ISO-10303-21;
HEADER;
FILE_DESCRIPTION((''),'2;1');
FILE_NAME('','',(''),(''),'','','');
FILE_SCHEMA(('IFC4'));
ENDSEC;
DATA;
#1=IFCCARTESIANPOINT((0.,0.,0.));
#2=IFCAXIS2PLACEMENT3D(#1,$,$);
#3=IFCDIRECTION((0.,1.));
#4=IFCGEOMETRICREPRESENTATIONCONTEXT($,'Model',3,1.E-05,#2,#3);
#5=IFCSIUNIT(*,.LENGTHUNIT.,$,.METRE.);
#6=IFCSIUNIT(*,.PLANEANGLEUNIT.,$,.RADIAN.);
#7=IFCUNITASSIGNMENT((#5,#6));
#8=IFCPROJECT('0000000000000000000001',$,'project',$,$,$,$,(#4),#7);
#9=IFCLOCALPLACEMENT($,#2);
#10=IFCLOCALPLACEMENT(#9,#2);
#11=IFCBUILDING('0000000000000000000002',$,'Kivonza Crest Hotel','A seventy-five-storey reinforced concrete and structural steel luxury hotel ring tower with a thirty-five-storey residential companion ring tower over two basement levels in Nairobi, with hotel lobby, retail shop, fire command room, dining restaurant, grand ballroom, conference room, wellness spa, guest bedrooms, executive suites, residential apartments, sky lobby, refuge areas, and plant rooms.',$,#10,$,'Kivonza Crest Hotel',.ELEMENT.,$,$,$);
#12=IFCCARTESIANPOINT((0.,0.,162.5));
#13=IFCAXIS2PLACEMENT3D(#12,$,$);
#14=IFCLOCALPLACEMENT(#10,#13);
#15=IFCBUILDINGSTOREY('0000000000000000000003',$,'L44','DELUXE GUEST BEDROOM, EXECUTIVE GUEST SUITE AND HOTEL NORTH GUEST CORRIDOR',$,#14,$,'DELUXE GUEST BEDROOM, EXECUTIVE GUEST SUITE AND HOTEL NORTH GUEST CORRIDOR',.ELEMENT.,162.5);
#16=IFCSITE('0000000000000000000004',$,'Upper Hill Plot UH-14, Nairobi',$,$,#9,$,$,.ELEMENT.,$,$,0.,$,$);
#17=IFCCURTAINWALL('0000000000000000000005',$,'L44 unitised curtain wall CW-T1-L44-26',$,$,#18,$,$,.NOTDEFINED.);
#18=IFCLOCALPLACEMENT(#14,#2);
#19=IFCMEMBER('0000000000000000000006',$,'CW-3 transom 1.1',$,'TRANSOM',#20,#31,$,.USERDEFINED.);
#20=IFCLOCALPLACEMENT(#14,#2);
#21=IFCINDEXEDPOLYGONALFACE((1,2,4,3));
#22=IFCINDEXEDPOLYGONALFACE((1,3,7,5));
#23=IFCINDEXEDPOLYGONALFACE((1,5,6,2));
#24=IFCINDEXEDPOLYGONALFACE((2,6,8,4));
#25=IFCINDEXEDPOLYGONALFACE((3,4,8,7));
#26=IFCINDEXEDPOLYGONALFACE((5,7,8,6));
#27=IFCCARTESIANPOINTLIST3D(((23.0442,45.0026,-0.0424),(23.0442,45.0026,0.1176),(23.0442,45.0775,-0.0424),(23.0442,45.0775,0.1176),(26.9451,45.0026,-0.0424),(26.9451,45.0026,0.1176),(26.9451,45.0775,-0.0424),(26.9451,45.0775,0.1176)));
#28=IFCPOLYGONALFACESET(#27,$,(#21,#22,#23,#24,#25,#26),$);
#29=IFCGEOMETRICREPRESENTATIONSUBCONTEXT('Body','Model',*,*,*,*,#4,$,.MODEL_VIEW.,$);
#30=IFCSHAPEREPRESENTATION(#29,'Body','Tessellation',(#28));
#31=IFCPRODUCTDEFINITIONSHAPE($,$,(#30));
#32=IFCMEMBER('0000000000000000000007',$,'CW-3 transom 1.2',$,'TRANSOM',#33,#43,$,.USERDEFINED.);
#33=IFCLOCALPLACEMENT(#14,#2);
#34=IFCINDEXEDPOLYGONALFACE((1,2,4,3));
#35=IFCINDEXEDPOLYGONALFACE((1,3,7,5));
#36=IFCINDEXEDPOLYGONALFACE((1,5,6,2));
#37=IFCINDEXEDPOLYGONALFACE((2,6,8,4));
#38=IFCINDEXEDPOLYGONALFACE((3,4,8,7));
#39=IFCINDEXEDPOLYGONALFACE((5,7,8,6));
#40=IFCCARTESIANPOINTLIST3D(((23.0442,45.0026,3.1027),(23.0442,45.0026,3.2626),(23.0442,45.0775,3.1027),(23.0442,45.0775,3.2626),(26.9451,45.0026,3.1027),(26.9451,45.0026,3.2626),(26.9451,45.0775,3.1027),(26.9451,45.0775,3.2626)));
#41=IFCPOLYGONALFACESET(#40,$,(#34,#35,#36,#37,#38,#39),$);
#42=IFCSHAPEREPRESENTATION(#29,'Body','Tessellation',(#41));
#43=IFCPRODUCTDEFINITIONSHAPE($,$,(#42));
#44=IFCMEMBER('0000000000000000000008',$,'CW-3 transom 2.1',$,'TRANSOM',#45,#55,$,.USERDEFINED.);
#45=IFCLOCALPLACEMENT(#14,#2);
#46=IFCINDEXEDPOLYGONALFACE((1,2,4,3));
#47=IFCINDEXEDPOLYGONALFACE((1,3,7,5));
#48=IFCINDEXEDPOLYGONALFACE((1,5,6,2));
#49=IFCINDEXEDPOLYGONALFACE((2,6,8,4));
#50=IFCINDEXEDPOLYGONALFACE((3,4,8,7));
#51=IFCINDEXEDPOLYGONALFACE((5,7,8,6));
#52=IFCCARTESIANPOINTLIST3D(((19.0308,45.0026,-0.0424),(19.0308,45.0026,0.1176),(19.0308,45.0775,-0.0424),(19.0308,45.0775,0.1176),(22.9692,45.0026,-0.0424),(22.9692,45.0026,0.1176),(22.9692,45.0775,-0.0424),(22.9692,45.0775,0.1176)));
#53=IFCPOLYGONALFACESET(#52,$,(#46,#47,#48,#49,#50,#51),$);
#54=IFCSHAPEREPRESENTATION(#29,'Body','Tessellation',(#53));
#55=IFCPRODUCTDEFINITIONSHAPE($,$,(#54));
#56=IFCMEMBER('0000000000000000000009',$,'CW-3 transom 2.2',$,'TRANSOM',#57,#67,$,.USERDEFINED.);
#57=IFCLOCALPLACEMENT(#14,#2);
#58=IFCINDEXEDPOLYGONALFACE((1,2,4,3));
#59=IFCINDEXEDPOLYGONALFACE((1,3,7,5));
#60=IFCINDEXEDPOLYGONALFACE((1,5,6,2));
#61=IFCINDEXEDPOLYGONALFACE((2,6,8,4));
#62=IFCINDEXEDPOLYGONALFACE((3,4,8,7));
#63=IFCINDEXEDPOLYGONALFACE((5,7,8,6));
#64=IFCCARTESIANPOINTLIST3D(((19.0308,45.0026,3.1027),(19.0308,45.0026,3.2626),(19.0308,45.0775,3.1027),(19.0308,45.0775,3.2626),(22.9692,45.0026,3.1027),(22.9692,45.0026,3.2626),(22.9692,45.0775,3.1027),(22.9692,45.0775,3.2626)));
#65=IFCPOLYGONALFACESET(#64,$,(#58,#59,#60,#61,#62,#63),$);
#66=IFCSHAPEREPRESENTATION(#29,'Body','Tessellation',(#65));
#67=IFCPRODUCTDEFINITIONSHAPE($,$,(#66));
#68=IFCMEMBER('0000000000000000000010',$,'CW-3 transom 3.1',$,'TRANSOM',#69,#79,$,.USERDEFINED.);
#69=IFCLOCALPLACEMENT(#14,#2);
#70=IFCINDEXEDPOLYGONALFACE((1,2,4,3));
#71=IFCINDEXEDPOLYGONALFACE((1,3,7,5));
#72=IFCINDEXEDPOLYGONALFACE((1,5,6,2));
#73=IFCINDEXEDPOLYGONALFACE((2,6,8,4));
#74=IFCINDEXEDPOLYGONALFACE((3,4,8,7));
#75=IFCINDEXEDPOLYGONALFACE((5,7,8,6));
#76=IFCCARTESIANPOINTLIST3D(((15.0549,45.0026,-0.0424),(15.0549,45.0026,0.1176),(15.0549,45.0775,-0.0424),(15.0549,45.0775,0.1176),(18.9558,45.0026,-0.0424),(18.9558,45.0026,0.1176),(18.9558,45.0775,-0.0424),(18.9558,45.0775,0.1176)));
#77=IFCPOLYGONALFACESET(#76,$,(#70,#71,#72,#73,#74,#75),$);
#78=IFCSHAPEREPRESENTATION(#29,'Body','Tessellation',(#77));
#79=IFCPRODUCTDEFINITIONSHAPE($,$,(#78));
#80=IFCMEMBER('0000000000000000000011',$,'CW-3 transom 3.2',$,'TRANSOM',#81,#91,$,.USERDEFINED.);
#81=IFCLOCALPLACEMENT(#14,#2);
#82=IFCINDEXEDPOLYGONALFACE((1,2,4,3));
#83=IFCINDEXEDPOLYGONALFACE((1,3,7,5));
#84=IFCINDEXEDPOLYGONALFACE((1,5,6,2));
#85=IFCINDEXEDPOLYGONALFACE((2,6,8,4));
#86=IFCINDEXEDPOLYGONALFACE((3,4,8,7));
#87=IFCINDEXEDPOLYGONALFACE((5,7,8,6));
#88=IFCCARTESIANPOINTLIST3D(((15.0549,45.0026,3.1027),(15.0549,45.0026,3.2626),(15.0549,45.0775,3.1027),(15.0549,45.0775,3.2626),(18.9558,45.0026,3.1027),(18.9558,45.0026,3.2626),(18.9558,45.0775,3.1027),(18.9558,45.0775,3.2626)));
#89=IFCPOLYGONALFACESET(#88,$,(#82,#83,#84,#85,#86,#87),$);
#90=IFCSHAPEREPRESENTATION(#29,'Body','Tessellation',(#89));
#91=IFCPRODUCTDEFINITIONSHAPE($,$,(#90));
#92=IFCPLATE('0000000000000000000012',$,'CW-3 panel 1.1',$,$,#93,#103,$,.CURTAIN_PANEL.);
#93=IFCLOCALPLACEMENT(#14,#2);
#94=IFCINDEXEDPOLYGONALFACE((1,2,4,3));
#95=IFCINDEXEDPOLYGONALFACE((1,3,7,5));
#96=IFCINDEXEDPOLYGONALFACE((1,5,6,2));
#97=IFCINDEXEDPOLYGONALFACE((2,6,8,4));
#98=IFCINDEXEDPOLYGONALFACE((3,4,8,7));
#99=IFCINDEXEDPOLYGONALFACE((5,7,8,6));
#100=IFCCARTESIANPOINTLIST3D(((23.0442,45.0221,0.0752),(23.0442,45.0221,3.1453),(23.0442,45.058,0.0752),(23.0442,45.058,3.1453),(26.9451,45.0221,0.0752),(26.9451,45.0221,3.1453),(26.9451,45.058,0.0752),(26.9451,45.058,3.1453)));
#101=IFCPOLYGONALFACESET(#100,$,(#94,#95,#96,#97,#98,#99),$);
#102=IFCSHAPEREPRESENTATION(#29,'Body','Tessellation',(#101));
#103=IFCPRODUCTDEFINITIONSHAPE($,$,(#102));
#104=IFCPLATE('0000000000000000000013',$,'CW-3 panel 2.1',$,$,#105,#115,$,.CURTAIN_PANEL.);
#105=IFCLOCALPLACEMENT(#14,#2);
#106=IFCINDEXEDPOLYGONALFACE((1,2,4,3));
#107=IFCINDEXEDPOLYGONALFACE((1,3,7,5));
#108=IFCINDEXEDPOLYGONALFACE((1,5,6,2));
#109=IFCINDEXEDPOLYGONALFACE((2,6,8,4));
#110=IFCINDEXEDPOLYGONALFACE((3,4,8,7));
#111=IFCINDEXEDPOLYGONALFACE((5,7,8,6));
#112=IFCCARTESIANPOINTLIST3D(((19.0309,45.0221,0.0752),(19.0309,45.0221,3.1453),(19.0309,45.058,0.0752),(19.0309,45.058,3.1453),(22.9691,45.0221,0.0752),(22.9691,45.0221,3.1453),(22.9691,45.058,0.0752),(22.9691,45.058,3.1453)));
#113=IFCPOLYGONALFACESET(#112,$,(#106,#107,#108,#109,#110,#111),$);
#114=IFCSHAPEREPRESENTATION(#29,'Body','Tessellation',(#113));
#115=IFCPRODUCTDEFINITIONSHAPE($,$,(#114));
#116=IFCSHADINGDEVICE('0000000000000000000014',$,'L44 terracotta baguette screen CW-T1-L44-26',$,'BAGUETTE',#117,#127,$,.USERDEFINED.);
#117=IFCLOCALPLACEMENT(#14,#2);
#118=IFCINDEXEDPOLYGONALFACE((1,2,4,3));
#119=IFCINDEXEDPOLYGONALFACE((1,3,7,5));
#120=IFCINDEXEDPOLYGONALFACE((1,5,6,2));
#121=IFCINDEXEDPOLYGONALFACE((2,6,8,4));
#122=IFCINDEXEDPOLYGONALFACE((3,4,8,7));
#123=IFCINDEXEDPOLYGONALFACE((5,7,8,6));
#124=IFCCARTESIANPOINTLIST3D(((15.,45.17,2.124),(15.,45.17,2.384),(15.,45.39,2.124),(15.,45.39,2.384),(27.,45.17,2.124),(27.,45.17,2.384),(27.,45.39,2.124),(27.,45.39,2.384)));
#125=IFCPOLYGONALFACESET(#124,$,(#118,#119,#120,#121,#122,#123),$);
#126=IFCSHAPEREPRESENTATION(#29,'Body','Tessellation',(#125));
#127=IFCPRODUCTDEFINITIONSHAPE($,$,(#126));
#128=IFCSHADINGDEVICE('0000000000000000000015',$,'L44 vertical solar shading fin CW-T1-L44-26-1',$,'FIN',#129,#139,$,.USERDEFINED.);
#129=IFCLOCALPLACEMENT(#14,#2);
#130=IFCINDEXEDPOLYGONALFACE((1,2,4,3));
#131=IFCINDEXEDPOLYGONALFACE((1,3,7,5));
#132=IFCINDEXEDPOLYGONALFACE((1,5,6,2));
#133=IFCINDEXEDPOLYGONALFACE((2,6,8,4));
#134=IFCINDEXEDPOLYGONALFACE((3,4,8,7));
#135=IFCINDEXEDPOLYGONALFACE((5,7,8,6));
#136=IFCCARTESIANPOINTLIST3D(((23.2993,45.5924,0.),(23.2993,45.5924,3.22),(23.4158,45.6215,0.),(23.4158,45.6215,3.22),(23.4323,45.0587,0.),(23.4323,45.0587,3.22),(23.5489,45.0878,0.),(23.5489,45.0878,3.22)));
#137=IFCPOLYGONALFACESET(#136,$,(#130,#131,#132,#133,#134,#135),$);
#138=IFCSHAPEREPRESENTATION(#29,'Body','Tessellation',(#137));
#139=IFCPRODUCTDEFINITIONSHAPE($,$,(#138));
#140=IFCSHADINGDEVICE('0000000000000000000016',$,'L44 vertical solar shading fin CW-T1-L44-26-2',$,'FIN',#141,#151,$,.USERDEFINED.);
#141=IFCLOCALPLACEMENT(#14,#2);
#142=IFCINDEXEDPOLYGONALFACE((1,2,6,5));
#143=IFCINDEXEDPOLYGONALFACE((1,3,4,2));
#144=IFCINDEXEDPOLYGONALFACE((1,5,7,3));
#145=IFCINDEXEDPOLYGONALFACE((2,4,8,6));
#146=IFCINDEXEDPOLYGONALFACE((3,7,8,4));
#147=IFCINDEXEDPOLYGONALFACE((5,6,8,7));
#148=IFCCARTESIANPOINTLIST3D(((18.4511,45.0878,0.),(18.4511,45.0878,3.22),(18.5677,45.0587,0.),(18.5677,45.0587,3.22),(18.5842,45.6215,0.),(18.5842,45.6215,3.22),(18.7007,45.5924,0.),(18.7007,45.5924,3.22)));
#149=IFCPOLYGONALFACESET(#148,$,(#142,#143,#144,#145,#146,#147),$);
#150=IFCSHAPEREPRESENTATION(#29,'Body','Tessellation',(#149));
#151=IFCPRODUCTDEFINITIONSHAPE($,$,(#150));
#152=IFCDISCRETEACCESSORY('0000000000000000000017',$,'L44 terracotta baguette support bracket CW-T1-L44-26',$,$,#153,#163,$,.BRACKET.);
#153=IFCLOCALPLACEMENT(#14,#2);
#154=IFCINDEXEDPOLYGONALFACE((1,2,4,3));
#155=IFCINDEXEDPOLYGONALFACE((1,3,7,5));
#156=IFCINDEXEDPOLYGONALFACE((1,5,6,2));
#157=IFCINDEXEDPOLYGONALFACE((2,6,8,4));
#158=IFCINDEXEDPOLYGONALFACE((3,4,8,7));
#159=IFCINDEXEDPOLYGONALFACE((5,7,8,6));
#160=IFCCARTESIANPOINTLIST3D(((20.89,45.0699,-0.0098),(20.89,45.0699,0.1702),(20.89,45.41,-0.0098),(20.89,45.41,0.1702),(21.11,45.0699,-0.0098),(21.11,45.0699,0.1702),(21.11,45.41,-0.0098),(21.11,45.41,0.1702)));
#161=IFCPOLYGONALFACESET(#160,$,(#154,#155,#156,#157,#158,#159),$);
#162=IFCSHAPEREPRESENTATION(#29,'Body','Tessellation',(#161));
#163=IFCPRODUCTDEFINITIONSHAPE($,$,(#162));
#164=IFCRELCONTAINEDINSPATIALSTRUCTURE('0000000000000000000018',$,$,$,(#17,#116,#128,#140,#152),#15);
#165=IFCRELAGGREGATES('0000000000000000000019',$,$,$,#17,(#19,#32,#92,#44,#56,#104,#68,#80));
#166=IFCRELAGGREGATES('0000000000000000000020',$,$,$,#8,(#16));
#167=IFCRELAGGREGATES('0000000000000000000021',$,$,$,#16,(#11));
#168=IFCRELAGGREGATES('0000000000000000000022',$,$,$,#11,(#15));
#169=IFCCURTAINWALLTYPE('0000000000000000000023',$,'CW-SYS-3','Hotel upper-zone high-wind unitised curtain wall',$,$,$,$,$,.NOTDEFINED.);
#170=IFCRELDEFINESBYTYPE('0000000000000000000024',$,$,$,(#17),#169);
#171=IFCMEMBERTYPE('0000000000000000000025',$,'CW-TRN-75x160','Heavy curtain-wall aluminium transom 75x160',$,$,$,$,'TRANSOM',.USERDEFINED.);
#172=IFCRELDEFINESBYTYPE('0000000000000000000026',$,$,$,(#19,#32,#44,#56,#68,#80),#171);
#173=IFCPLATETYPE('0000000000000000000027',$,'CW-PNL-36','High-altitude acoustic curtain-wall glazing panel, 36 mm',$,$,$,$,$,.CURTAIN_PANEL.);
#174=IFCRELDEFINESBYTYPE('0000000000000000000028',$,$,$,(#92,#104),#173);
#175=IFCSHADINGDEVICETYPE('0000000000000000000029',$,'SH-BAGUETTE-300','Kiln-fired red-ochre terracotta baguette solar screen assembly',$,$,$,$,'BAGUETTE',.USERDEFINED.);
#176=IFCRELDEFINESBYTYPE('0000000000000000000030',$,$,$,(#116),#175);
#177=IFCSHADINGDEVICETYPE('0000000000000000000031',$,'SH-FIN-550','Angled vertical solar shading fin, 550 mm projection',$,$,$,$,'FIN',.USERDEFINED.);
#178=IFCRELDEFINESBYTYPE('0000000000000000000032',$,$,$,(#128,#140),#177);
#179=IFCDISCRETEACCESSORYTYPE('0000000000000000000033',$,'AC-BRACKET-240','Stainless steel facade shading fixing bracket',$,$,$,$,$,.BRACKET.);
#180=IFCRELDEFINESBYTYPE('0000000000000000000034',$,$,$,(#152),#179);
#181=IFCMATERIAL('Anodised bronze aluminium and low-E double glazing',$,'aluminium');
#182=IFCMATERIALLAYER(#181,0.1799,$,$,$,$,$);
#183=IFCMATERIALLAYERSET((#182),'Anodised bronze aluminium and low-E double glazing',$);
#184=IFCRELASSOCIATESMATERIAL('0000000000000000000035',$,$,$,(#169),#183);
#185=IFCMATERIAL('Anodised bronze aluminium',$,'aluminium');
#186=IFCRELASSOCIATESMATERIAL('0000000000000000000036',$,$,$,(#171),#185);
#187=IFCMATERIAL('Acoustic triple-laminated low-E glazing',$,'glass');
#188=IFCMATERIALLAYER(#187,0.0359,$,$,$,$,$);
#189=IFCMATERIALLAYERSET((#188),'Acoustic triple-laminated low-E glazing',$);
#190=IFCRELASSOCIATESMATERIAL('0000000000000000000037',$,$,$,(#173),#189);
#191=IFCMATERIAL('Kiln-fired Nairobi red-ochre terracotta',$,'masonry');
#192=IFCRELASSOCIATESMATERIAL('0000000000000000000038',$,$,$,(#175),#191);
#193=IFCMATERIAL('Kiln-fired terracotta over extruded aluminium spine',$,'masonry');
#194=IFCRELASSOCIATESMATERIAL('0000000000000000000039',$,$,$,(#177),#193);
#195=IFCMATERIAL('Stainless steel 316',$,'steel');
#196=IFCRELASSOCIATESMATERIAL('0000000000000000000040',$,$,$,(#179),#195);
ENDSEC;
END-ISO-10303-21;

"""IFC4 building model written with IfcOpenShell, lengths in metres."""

from ifc_helpers import new_model, si_unit, direction, frame, origin, origin_2d, place, context, subcontext, project, spatial, rectangle, extrude, material, layer, layer_set, material_profile, profile_set, type_object, element, aggregate, save


model = new_model("IFC4")

# Units and contexts
model_context = context("Model", 3, precision=1e-05, world=origin(), true_north=direction((0.0, 1.0)))
body_context = subcontext(model_context, "Body", "Model", "MODEL_VIEW")
ifc_project = project(units=[si_unit("LENGTHUNIT", "METRE"), si_unit("PLANEANGLEUNIT", "RADIAN")], contexts=[model_context])

# Site, building, storey
site_placement = place(None, origin())
site = spatial("IfcSite", under=ifc_project, at=site_placement, Name="Upper Hill Plot UH-14, Nairobi", CompositionType="ELEMENT", RefElevation=0.0)
building_placement = place(site_placement, origin())
building = spatial("IfcBuilding", under=site, at=building_placement, Name="Kivonza Crest Hotel", Description="A seventy-five-storey reinforced concrete and structural steel luxury hotel ring tower with a thirty-five-storey residential companion ring tower over two basement levels in Nairobi, with hotel lobby, retail shop, fire command room, dining restaurant, grand ballroom, conference room, wellness spa, guest bedrooms, executive suites, residential apartments, sky lobby, refuge areas, and plant rooms.", LongName="Kivonza Crest Hotel", CompositionType="ELEMENT")
storey_placement = place(building_placement, frame((0.0, 0.0, 162.5)))
storey = spatial("IfcBuildingStorey", under=building, at=storey_placement, Name="L44", Description="DELUXE GUEST BEDROOM, EXECUTIVE GUEST SUITE AND HOTEL NORTH GUEST CORRIDOR", LongName="DELUXE GUEST BEDROOM, EXECUTIVE GUEST SUITE AND HOTEL NORTH GUEST CORRIDOR", CompositionType="ELEMENT", Elevation=162.5)

# Curtain wall, members, plates
ifc_material_1 = material(Name="Anodised bronze aluminium and low-E double glazing", Category="aluminium")
ifc_layer_1 = layer(ifc_material_1, 0.1799)
ifc_layer_set_1 = layer_set([ifc_layer_1], Name="Anodised bronze aluminium and low-E double glazing")
curtain_wall_type = type_object("IfcCurtainWallType", Name="CW-SYS-3", Description="Hotel upper-zone high-wind unitised curtain wall", PredefinedType="NOTDEFINED", material=ifc_layer_set_1)
curtain_wall_placement = place(storey_placement, origin())
curtain_wall = element("IfcCurtainWall", 1, at=curtain_wall_placement, inside=storey, type_object=curtain_wall_type, Name="L44 unitised curtain wall CW-T1-L44-26", PredefinedType="NOTDEFINED")
ifc_material_2 = material(Name="Anodised bronze aluminium", Category="aluminium")
ifc_material_profile_1 = material_profile(ifc_material_2, rectangle(XDim=0.075, YDim=0.1599, at=origin_2d()), Name="CW-T 75x160")
ifc_profile_set_1 = profile_set([ifc_material_profile_1], Name="Anodised bronze aluminium")
member_type_1 = type_object("IfcMemberType", Name="CW-TRN-75x160", Description="Heavy curtain-wall aluminium transom 75x160", ElementType="TRANSOM", PredefinedType="USERDEFINED", material=ifc_profile_set_1)
member_1_placement = place(storey_placement, frame((26.9451, 45.04, 0.0376), z_axis=(-1.0, 0.0, 0.0), x_axis=(0.0, -1.0, 0.0)))
member_1 = element("IfcMember", 2, at=member_1_placement, type_object=member_type_1, Name="CW-3 transom 1.1", ObjectType="TRANSOM", PredefinedType="USERDEFINED", context=body_context, shape_type="SweptSolid", body=[
    extrude(rectangle(XDim=0.075, YDim=0.1599, at=origin_2d()), origin(), (0.0, 0.0, 1.0), 3.9009),
])
member_2_placement = place(storey_placement, frame((26.9451, 45.04, 3.1826), z_axis=(-1.0, 0.0, 0.0), x_axis=(0.0, -1.0, 0.0)))
member_2 = element("IfcMember", 3, at=member_2_placement, type_object=member_type_1, Name="CW-3 transom 1.2", ObjectType="TRANSOM", PredefinedType="USERDEFINED", context=body_context, shape_type="SweptSolid", body=[
    extrude(rectangle(XDim=0.075, YDim=0.1599, at=origin_2d()), origin(), (0.0, 0.0, 1.0), 3.9009),
])
member_3_placement = place(storey_placement, frame((22.9692, 45.04, 0.0376), z_axis=(-1.0, 0.0, 0.0), x_axis=(0.0, -1.0, 0.0)))
member_3 = element("IfcMember", 4, at=member_3_placement, type_object=member_type_1, Name="CW-3 transom 2.1", ObjectType="TRANSOM", PredefinedType="USERDEFINED", context=body_context, shape_type="SweptSolid", body=[
    extrude(rectangle(XDim=0.075, YDim=0.1599, at=origin_2d()), origin(), (0.0, 0.0, 1.0), 3.9385),
])
member_4_placement = place(storey_placement, frame((22.9692, 45.04, 3.1826), z_axis=(-1.0, 0.0, 0.0), x_axis=(0.0, -1.0, 0.0)))
member_4 = element("IfcMember", 5, at=member_4_placement, type_object=member_type_1, Name="CW-3 transom 2.2", ObjectType="TRANSOM", PredefinedType="USERDEFINED", context=body_context, shape_type="SweptSolid", body=[
    extrude(rectangle(XDim=0.075, YDim=0.1599, at=origin_2d()), origin(), (0.0, 0.0, 1.0), 3.9385),
])
member_5_placement = place(storey_placement, frame((18.9558, 45.04, 0.0376), z_axis=(-1.0, 0.0, 0.0), x_axis=(0.0, -1.0, 0.0)))
member_5 = element("IfcMember", 6, at=member_5_placement, type_object=member_type_1, Name="CW-3 transom 3.1", ObjectType="TRANSOM", PredefinedType="USERDEFINED", context=body_context, shape_type="SweptSolid", body=[
    extrude(rectangle(XDim=0.075, YDim=0.1599, at=origin_2d()), origin(), (0.0, 0.0, 1.0), 3.9009),
])
member_6_placement = place(storey_placement, frame((18.9558, 45.04, 3.1826), z_axis=(-1.0, 0.0, 0.0), x_axis=(0.0, -1.0, 0.0)))
member_6 = element("IfcMember", 7, at=member_6_placement, type_object=member_type_1, Name="CW-3 transom 3.2", ObjectType="TRANSOM", PredefinedType="USERDEFINED", context=body_context, shape_type="SweptSolid", body=[
    extrude(rectangle(XDim=0.075, YDim=0.1599, at=origin_2d()), origin(), (0.0, 0.0, 1.0), 3.9009),
])
ifc_material_3 = material(Name="Acoustic triple-laminated low-E glazing", Category="glass")
ifc_layer_2 = layer(ifc_material_3, 0.0359)
ifc_layer_set_2 = layer_set([ifc_layer_2], Name="Acoustic triple-laminated low-E glazing")
plate_type = type_object("IfcPlateType", Name="CW-PNL-36", Description="High-altitude acoustic curtain-wall glazing panel, 36 mm", PredefinedType="CURTAIN_PANEL", material=ifc_layer_set_2)
plate_1_placement = place(storey_placement, frame((24.9946, 45.04, 0.0752), z_axis=(0.0, 0.0, 1.0), x_axis=(-1.0, 0.0, 0.0)))
plate_1 = element("IfcPlate", 8, at=plate_1_placement, type_object=plate_type, Name="CW-3 panel 1.1", PredefinedType="CURTAIN_PANEL", context=body_context, shape_type="SweptSolid", body=[
    extrude(rectangle(XDim=3.9009, YDim=0.0359, at=origin_2d()), origin(), (0.0, 0.0, 1.0), 3.0701),
])
plate_2_placement = place(storey_placement, frame((21.0, 45.04, 0.0752), z_axis=(0.0, 0.0, 1.0), x_axis=(-1.0, 0.0, 0.0)))
plate_2 = element("IfcPlate", 9, at=plate_2_placement, type_object=plate_type, Name="CW-3 panel 2.1", PredefinedType="CURTAIN_PANEL", context=body_context, shape_type="SweptSolid", body=[
    extrude(rectangle(XDim=3.9382, YDim=0.0359, at=origin_2d()), origin(), (0.0, 0.0, 1.0), 3.0701),
])
aggregate(curtain_wall, [member_1, member_2, plate_1, member_3, member_4, plate_2, member_5, member_6])

# Shading devices
ifc_material_4 = material(Name="Kiln-fired Nairobi red-ochre terracotta", Category="masonry")
shading_device_type_1 = type_object("IfcShadingDeviceType", Name="SH-BAGUETTE-300", Description="Kiln-fired red-ochre terracotta baguette solar screen assembly", ElementType="BAGUETTE", PredefinedType="USERDEFINED", material=ifc_material_4)
shading_device_placement = place(storey_placement, frame((21.0, 45.28, 2.124), z_axis=(0.0, 0.0, 1.0), x_axis=(-1.0, 0.0, 0.0)))
element("IfcShadingDevice", 10, at=shading_device_placement, inside=storey, type_object=shading_device_type_1, Name="L44 terracotta baguette screen CW-T1-L44-26", ObjectType="BAGUETTE", PredefinedType="USERDEFINED", context=body_context, shape_type="SweptSolid", body=[
    extrude(rectangle(XDim=12.0, YDim=0.22, at=origin_2d()), origin(), (0.0, 0.0, 1.0), 0.26),
])
ifc_material_5 = material(Name="Kiln-fired terracotta over extruded aluminium spine", Category="masonry")
shading_device_type_2 = type_object("IfcShadingDeviceType", Name="SH-FIN-550", Description="Angled vertical solar shading fin, 550 mm projection", ElementType="FIN", PredefinedType="USERDEFINED", material=ifc_material_5)
for number, where, z_axis, x_axis, name in (
    (11, (23.4241, 45.3401, 0.0), (0.0, 0.0, 1.0), (-0.970296, -0.241922, 0.0), "L44 vertical solar shading fin CW-T1-L44-26-1"),
    (12, (18.5759, 45.3401, 0.0), (0.0, 0.0, 1.0), (-0.970296, 0.241922, 0.0), "L44 vertical solar shading fin CW-T1-L44-26-2"),
):
    element("IfcShadingDevice", number, at=place(storey_placement, frame(where, z_axis=z_axis, x_axis=x_axis)), inside=storey, type_object=shading_device_type_2, Name=name, ObjectType="FIN", PredefinedType="USERDEFINED", context=body_context, shape_type="SweptSolid", body=[
        extrude(rectangle(XDim=0.1201, YDim=0.55, at=origin_2d()), origin(), (0.0, 0.0, 1.0), 3.22),
    ])

# Discrete accessory
ifc_material_6 = material(Name="Stainless steel 316", Category="steel")
discrete_accessory_type = type_object("IfcDiscreteAccessoryType", Name="AC-BRACKET-240", Description="Stainless steel facade shading fixing bracket", PredefinedType="BRACKET", material=ifc_material_6)
discrete_accessory_placement = place(storey_placement, frame((21.0, 45.24, -0.0098), z_axis=(0.0, 0.0, 1.0), x_axis=(-1.0, 0.0, 0.0)))
element("IfcDiscreteAccessory", 13, at=discrete_accessory_placement, inside=storey, type_object=discrete_accessory_type, Name="L44 terracotta baguette support bracket CW-T1-L44-26", PredefinedType="BRACKET", context=body_context, shape_type="SweptSolid", body=[
    extrude(rectangle(XDim=0.22, YDim=0.3401, at=origin_2d()), origin(), (0.0, 0.0, 1.0), 0.1799),
])

save(model, "model.ifc")
